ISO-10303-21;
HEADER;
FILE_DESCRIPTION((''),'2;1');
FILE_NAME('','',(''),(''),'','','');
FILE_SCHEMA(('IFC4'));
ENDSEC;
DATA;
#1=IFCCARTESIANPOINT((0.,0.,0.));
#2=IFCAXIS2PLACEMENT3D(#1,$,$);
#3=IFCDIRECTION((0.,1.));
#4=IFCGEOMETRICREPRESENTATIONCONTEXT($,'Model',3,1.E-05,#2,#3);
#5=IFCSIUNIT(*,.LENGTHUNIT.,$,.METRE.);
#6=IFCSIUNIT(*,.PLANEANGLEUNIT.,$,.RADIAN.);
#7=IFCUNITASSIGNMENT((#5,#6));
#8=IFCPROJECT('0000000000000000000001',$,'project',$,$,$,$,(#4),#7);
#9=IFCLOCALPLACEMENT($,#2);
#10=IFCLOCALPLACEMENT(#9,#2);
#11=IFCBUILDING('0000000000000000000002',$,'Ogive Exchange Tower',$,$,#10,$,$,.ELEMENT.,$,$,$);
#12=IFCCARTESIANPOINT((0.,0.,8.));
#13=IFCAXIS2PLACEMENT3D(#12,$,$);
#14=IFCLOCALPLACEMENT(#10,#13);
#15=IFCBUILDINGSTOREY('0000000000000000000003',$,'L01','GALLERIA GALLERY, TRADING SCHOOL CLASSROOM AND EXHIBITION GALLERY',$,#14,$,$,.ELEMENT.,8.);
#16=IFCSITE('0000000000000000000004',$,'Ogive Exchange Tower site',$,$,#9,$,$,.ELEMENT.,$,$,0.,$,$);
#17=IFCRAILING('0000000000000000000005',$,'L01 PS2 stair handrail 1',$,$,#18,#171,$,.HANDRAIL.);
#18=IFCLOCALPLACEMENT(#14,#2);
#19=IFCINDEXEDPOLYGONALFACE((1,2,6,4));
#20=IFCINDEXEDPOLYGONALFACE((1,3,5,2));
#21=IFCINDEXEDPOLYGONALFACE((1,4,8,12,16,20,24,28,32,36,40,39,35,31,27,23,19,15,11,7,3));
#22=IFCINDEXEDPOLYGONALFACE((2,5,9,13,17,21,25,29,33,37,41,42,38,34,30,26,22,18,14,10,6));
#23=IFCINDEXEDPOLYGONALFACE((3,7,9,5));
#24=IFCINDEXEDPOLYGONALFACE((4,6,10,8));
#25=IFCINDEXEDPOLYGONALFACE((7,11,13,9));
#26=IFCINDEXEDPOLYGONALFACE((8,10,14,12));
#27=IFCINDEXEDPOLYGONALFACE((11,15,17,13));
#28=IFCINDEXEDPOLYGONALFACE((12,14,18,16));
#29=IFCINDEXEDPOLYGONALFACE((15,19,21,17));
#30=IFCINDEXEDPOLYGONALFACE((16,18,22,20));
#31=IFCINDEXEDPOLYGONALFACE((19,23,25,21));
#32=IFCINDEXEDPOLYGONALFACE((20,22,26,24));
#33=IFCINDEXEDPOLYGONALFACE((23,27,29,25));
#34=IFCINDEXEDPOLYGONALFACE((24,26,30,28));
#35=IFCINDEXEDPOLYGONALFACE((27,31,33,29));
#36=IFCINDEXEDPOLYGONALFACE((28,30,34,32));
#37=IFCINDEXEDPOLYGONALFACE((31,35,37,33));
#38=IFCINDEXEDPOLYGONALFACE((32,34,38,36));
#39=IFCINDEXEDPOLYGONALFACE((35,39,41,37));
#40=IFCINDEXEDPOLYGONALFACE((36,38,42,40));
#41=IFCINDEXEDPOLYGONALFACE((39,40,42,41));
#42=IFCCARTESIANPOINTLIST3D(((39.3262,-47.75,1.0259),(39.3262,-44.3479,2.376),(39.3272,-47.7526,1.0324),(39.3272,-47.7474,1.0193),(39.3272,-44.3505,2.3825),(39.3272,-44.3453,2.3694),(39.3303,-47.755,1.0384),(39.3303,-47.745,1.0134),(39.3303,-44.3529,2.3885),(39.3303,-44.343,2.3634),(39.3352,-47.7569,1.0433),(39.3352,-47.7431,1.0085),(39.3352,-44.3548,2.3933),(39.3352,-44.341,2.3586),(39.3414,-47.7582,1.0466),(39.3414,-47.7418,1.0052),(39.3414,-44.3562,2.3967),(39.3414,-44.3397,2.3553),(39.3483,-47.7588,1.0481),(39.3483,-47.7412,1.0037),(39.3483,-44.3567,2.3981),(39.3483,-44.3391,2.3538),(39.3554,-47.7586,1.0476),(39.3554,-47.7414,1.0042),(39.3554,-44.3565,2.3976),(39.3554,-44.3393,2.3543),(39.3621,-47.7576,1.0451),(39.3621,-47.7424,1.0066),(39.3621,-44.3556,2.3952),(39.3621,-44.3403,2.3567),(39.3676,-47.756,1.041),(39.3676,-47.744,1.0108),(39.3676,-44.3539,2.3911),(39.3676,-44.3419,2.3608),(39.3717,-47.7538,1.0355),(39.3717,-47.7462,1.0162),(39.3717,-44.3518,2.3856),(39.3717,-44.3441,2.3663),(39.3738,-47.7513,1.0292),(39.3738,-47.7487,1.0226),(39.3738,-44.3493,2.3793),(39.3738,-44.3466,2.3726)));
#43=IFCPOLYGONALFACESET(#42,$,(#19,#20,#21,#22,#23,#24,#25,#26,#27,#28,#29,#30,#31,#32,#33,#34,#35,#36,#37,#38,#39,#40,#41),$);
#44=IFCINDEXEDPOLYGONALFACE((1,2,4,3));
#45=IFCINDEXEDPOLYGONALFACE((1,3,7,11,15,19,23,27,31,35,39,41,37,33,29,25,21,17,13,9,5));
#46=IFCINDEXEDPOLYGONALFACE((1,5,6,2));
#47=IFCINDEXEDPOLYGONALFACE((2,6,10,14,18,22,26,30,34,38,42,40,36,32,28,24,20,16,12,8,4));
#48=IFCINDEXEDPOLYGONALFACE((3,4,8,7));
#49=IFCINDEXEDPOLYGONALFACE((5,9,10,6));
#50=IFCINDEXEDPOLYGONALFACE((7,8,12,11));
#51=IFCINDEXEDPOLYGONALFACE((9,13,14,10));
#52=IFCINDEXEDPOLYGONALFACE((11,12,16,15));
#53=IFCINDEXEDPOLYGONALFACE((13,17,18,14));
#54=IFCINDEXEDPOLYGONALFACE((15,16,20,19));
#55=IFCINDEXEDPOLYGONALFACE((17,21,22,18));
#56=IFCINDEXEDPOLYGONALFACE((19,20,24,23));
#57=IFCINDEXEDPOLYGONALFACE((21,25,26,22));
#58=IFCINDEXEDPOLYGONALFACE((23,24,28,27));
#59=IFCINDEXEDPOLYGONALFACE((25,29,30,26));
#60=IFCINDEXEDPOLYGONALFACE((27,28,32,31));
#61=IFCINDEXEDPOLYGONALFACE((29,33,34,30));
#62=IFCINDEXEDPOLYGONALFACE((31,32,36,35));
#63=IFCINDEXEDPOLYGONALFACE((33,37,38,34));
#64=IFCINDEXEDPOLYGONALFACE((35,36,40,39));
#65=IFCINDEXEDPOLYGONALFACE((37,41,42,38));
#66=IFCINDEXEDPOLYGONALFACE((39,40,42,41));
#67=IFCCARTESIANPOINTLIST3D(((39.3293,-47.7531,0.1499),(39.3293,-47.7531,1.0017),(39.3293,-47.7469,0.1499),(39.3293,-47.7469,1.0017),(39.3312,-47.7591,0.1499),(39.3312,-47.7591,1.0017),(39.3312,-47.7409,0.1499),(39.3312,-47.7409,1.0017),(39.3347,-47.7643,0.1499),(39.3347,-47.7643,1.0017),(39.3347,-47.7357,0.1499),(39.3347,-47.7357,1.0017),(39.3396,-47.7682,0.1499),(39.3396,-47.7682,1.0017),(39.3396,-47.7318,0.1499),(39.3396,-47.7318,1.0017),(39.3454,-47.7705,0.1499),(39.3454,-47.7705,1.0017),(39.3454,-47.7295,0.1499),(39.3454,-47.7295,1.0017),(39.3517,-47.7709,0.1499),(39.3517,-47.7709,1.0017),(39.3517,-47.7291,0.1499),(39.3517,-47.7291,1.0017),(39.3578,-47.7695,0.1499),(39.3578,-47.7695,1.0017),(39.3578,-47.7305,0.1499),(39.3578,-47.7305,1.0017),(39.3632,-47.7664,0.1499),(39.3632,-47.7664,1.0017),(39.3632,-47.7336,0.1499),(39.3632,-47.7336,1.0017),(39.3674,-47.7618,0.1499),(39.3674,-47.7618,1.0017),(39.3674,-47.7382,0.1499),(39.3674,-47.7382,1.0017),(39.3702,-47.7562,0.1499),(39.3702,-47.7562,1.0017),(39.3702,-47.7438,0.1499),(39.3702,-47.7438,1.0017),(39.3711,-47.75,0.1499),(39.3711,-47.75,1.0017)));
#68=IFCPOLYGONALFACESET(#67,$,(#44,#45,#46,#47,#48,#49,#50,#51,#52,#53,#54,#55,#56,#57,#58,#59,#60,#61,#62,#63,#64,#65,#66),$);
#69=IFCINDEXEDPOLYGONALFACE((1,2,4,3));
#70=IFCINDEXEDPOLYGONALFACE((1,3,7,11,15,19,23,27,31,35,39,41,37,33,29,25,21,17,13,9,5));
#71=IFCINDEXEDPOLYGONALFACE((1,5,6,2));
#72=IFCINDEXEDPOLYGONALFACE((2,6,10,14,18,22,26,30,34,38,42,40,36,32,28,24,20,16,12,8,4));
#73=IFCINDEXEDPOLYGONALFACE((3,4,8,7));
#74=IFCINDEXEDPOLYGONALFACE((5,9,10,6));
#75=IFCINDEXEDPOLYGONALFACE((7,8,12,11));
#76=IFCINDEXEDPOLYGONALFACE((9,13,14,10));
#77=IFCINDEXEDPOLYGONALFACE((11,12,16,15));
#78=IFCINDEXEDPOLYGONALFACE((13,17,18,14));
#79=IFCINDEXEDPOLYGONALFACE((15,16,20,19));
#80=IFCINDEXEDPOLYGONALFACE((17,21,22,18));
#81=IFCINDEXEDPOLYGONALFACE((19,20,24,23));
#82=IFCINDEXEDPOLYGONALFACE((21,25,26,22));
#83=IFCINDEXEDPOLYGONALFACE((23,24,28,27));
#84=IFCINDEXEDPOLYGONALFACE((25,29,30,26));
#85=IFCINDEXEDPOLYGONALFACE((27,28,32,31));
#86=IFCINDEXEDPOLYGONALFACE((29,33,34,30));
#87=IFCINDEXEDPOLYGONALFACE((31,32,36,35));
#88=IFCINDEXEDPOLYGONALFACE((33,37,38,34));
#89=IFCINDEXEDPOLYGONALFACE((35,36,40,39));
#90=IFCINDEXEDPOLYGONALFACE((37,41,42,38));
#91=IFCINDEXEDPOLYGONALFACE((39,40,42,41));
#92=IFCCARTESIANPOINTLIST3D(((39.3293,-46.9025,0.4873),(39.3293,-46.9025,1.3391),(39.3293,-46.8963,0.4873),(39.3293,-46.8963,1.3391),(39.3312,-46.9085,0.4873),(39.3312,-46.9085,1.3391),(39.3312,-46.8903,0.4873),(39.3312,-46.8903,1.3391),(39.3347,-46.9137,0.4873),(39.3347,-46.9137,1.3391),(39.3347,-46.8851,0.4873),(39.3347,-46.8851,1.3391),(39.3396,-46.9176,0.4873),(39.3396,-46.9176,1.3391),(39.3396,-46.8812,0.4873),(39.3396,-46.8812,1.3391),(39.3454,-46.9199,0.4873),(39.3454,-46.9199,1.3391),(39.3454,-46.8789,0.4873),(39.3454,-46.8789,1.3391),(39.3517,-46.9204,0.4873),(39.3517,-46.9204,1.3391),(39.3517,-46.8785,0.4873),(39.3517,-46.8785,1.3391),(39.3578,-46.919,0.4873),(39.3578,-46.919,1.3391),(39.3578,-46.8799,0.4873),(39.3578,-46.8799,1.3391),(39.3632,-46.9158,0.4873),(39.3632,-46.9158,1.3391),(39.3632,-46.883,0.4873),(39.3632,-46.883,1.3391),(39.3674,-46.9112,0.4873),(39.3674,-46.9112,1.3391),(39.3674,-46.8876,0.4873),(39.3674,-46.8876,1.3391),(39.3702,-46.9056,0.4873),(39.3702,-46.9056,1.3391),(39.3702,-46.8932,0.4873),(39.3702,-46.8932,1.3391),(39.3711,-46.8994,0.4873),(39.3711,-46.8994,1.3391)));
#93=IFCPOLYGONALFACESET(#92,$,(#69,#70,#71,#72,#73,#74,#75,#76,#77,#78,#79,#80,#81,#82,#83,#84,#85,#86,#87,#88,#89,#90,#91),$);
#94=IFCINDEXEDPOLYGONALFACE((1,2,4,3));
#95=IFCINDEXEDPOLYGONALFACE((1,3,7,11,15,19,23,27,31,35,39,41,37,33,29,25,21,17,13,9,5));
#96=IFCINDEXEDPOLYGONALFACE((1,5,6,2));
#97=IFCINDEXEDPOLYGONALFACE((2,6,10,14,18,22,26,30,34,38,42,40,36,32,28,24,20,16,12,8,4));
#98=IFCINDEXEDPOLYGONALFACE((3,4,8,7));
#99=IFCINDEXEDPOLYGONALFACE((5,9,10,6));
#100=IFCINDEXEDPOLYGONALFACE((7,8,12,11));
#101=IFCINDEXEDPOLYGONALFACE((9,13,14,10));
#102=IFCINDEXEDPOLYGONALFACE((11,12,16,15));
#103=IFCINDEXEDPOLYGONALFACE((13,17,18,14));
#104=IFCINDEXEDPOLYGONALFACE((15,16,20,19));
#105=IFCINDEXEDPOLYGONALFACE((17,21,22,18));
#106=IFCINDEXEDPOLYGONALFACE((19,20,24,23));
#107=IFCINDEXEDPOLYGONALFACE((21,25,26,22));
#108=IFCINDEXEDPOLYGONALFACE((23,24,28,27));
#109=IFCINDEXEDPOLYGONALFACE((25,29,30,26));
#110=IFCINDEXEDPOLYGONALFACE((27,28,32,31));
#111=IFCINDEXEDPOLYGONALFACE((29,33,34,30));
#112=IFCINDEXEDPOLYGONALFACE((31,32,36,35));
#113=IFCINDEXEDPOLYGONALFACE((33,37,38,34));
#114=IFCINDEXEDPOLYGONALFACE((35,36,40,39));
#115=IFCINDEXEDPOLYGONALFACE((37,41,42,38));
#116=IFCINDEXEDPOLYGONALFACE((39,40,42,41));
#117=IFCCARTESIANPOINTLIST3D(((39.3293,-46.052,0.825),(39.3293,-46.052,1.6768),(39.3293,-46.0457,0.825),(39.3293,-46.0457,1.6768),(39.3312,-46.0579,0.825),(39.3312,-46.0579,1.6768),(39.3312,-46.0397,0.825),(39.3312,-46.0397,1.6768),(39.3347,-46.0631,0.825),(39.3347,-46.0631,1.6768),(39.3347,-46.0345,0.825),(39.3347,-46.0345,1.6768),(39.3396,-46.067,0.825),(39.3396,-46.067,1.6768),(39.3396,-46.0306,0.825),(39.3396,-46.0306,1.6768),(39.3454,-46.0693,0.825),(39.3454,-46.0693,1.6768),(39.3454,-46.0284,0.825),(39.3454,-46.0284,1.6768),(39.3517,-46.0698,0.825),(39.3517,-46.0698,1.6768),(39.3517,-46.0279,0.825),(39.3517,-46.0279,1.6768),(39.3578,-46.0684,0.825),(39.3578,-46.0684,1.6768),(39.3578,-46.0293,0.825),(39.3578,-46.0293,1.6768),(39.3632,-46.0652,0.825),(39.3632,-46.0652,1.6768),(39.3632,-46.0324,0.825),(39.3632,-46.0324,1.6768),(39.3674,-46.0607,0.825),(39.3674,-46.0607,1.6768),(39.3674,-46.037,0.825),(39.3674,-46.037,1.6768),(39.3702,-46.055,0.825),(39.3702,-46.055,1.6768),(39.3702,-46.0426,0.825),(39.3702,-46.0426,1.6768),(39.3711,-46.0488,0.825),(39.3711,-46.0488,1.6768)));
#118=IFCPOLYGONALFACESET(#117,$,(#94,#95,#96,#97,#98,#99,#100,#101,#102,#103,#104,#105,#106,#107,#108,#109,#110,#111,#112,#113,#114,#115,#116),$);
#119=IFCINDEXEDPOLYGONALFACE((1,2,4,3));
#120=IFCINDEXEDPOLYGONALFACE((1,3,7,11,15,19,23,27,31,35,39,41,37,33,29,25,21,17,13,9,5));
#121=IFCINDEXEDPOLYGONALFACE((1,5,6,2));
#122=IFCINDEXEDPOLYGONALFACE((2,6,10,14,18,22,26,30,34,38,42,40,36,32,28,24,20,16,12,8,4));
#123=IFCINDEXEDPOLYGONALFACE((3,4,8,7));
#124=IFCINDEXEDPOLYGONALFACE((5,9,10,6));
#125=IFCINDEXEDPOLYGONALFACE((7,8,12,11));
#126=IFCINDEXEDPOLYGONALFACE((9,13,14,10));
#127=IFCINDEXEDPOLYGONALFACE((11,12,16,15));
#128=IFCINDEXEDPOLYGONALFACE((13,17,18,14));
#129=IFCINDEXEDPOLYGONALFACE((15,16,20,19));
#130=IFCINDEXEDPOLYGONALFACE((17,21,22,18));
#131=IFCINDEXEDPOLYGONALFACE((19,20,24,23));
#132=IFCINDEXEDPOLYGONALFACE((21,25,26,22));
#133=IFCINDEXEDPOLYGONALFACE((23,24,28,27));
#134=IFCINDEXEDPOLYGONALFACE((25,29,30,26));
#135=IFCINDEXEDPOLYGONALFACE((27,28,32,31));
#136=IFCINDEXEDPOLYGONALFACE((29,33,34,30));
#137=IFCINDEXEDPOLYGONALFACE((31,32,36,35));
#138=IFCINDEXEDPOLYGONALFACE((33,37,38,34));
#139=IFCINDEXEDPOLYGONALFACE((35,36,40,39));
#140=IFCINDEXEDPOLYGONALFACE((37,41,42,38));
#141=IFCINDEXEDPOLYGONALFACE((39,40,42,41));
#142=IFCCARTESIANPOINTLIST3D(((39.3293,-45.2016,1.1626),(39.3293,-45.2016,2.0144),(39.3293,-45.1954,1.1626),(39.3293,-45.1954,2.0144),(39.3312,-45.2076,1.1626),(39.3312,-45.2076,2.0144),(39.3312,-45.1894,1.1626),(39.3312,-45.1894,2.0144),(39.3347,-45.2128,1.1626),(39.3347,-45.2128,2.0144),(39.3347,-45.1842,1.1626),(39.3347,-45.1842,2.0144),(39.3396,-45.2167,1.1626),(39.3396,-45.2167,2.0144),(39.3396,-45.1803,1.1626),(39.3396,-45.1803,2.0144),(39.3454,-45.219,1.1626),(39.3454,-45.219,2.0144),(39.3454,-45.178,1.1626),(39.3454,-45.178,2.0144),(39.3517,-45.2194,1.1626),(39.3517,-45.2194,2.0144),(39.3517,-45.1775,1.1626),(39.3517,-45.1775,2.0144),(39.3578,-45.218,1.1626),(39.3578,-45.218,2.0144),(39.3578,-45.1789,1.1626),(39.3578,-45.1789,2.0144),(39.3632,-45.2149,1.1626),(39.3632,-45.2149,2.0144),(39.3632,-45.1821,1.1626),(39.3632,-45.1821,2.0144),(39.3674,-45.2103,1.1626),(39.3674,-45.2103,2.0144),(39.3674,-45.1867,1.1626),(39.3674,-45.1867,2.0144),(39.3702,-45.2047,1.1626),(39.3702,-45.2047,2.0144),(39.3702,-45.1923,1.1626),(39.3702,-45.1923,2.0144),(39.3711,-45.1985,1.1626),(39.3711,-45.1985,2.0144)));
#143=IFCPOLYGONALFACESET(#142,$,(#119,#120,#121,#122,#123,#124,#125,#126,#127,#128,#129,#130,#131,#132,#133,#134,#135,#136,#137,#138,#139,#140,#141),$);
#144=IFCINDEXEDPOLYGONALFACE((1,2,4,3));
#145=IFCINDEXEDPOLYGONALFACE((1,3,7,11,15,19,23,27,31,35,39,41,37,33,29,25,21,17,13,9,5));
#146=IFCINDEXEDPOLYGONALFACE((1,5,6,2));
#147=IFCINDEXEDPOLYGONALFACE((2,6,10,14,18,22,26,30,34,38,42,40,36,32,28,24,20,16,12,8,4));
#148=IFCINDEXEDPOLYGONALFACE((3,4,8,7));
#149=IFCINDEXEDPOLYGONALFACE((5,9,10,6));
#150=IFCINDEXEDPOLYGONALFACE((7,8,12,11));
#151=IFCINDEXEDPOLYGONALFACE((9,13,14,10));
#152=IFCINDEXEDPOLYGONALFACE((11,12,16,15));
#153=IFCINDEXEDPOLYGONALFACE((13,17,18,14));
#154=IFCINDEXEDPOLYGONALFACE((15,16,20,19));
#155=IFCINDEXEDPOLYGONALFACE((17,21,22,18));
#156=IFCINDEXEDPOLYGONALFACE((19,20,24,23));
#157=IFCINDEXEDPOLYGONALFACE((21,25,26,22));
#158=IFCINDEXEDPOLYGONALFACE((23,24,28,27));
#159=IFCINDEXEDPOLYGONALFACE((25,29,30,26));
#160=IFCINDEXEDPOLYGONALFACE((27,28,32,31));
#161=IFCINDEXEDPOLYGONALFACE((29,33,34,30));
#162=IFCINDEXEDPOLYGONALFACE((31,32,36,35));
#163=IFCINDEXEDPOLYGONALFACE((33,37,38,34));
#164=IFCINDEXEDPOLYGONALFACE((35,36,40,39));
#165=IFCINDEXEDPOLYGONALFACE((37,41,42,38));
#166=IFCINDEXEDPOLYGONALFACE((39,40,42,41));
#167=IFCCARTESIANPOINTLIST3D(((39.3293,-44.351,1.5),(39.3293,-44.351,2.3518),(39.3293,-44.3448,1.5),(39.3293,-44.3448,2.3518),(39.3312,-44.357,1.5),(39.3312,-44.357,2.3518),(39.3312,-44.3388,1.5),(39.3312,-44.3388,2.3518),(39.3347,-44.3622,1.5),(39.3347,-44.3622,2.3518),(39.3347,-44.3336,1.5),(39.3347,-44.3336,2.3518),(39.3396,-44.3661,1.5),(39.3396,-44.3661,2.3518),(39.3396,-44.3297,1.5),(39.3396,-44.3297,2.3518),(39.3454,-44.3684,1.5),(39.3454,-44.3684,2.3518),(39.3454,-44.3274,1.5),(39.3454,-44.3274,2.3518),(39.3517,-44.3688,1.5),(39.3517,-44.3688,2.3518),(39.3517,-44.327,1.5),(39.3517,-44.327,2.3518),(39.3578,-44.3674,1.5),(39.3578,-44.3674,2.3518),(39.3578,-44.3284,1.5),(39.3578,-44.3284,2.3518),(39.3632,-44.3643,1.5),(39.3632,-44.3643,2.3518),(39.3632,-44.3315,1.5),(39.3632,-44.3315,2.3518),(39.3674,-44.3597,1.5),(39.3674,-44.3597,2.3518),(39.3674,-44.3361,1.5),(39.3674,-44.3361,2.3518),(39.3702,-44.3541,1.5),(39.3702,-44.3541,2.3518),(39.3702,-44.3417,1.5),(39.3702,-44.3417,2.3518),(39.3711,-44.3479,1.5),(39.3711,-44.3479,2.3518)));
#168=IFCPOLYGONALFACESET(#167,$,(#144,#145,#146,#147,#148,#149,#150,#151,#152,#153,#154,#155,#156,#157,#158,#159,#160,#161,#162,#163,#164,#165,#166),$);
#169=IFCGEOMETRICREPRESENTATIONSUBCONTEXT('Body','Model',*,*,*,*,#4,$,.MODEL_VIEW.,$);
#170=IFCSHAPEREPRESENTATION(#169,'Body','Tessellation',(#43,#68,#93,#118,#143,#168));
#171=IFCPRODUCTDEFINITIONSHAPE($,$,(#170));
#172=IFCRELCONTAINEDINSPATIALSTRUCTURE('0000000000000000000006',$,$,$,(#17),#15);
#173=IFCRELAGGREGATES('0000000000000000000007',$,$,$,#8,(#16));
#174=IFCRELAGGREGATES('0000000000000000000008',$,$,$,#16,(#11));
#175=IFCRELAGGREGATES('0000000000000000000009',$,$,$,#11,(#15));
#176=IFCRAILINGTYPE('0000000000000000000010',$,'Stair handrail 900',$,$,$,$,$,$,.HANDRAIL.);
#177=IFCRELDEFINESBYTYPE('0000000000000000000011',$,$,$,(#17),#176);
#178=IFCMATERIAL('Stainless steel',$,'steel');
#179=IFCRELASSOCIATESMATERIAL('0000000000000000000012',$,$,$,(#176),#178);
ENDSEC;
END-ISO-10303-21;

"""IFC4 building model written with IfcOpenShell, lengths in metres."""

from ifc_helpers import new_model, si_unit, direction, frame, origin, origin_2d, place, context, subcontext, project, spatial, circle, extrude, material, type_object, element, save


model = new_model("IFC4")

# Units and contexts
model_context = context("Model", 3, precision=1e-05, world=origin(), true_north=direction((0.0, 1.0)))
body_context = subcontext(model_context, "Body", "Model", "MODEL_VIEW")
ifc_project = project(units=[si_unit("LENGTHUNIT", "METRE"), si_unit("PLANEANGLEUNIT", "RADIAN")], contexts=[model_context])

# Site, building, storey
site_placement = place(None, origin())
site = spatial("IfcSite", under=ifc_project, at=site_placement, Name="Ogive Exchange Tower site", CompositionType="ELEMENT", RefElevation=0.0)
building_placement = place(site_placement, origin())
building = spatial("IfcBuilding", under=site, at=building_placement, Name="Ogive Exchange Tower", CompositionType="ELEMENT")
storey_placement = place(building_placement, frame((0.0, 0.0, 8.0)))
storey = spatial("IfcBuildingStorey", under=building, at=storey_placement, Name="L01", Description="GALLERIA GALLERY, TRADING SCHOOL CLASSROOM AND EXHIBITION GALLERY", CompositionType="ELEMENT", Elevation=8.0)

# Railing
ifc_material_1 = material(Name="Stainless steel", Category="steel")
railing_type = type_object("IfcRailingType", Name="Stair handrail 900", PredefinedType="HANDRAIL", material=ifc_material_1)
railing_1_placement = place(storey_placement, frame((39.3501, -47.75, 0.1499)))
element("IfcRailing", 1, at=railing_1_placement, inside=storey, type_object=railing_type, Name="L01 PS2 stair handrail 1", PredefinedType="HANDRAIL", context=body_context, shape_type="SweptSolid", body=[
    extrude(circle(Radius=0.0239, at=origin_2d()), frame((0.0, 0.0, 0.876), z_axis=(0.0, 0.929485, 0.368859), x_axis=(-1.0, 0.0, 0.0)), (0.0, 0.0, 1.0), 3.6602),
    extrude(circle(Radius=0.021, at=origin_2d()), origin(), (0.0, 0.0, 1.0), 0.8518),
    extrude(circle(Radius=0.021, at=origin_2d()), frame((0.0, 0.8506, 0.3374)), (0.0, 0.0, 1.0), 0.8518),
    extrude(circle(Radius=0.021, at=origin_2d()), frame((0.0, 1.7012, 0.675)), (0.0, 0.0, 1.0), 0.8518),
    extrude(circle(Radius=0.021, at=origin_2d()), frame((0.0, 2.5515, 1.0127)), (0.0, 0.0, 1.0), 0.8518),
    extrude(circle(Radius=0.021, at=origin_2d()), frame((0.0, 3.4021, 1.3501)), (0.0, 0.0, 1.0), 0.8518),
])

save(model, "model.ifc")
